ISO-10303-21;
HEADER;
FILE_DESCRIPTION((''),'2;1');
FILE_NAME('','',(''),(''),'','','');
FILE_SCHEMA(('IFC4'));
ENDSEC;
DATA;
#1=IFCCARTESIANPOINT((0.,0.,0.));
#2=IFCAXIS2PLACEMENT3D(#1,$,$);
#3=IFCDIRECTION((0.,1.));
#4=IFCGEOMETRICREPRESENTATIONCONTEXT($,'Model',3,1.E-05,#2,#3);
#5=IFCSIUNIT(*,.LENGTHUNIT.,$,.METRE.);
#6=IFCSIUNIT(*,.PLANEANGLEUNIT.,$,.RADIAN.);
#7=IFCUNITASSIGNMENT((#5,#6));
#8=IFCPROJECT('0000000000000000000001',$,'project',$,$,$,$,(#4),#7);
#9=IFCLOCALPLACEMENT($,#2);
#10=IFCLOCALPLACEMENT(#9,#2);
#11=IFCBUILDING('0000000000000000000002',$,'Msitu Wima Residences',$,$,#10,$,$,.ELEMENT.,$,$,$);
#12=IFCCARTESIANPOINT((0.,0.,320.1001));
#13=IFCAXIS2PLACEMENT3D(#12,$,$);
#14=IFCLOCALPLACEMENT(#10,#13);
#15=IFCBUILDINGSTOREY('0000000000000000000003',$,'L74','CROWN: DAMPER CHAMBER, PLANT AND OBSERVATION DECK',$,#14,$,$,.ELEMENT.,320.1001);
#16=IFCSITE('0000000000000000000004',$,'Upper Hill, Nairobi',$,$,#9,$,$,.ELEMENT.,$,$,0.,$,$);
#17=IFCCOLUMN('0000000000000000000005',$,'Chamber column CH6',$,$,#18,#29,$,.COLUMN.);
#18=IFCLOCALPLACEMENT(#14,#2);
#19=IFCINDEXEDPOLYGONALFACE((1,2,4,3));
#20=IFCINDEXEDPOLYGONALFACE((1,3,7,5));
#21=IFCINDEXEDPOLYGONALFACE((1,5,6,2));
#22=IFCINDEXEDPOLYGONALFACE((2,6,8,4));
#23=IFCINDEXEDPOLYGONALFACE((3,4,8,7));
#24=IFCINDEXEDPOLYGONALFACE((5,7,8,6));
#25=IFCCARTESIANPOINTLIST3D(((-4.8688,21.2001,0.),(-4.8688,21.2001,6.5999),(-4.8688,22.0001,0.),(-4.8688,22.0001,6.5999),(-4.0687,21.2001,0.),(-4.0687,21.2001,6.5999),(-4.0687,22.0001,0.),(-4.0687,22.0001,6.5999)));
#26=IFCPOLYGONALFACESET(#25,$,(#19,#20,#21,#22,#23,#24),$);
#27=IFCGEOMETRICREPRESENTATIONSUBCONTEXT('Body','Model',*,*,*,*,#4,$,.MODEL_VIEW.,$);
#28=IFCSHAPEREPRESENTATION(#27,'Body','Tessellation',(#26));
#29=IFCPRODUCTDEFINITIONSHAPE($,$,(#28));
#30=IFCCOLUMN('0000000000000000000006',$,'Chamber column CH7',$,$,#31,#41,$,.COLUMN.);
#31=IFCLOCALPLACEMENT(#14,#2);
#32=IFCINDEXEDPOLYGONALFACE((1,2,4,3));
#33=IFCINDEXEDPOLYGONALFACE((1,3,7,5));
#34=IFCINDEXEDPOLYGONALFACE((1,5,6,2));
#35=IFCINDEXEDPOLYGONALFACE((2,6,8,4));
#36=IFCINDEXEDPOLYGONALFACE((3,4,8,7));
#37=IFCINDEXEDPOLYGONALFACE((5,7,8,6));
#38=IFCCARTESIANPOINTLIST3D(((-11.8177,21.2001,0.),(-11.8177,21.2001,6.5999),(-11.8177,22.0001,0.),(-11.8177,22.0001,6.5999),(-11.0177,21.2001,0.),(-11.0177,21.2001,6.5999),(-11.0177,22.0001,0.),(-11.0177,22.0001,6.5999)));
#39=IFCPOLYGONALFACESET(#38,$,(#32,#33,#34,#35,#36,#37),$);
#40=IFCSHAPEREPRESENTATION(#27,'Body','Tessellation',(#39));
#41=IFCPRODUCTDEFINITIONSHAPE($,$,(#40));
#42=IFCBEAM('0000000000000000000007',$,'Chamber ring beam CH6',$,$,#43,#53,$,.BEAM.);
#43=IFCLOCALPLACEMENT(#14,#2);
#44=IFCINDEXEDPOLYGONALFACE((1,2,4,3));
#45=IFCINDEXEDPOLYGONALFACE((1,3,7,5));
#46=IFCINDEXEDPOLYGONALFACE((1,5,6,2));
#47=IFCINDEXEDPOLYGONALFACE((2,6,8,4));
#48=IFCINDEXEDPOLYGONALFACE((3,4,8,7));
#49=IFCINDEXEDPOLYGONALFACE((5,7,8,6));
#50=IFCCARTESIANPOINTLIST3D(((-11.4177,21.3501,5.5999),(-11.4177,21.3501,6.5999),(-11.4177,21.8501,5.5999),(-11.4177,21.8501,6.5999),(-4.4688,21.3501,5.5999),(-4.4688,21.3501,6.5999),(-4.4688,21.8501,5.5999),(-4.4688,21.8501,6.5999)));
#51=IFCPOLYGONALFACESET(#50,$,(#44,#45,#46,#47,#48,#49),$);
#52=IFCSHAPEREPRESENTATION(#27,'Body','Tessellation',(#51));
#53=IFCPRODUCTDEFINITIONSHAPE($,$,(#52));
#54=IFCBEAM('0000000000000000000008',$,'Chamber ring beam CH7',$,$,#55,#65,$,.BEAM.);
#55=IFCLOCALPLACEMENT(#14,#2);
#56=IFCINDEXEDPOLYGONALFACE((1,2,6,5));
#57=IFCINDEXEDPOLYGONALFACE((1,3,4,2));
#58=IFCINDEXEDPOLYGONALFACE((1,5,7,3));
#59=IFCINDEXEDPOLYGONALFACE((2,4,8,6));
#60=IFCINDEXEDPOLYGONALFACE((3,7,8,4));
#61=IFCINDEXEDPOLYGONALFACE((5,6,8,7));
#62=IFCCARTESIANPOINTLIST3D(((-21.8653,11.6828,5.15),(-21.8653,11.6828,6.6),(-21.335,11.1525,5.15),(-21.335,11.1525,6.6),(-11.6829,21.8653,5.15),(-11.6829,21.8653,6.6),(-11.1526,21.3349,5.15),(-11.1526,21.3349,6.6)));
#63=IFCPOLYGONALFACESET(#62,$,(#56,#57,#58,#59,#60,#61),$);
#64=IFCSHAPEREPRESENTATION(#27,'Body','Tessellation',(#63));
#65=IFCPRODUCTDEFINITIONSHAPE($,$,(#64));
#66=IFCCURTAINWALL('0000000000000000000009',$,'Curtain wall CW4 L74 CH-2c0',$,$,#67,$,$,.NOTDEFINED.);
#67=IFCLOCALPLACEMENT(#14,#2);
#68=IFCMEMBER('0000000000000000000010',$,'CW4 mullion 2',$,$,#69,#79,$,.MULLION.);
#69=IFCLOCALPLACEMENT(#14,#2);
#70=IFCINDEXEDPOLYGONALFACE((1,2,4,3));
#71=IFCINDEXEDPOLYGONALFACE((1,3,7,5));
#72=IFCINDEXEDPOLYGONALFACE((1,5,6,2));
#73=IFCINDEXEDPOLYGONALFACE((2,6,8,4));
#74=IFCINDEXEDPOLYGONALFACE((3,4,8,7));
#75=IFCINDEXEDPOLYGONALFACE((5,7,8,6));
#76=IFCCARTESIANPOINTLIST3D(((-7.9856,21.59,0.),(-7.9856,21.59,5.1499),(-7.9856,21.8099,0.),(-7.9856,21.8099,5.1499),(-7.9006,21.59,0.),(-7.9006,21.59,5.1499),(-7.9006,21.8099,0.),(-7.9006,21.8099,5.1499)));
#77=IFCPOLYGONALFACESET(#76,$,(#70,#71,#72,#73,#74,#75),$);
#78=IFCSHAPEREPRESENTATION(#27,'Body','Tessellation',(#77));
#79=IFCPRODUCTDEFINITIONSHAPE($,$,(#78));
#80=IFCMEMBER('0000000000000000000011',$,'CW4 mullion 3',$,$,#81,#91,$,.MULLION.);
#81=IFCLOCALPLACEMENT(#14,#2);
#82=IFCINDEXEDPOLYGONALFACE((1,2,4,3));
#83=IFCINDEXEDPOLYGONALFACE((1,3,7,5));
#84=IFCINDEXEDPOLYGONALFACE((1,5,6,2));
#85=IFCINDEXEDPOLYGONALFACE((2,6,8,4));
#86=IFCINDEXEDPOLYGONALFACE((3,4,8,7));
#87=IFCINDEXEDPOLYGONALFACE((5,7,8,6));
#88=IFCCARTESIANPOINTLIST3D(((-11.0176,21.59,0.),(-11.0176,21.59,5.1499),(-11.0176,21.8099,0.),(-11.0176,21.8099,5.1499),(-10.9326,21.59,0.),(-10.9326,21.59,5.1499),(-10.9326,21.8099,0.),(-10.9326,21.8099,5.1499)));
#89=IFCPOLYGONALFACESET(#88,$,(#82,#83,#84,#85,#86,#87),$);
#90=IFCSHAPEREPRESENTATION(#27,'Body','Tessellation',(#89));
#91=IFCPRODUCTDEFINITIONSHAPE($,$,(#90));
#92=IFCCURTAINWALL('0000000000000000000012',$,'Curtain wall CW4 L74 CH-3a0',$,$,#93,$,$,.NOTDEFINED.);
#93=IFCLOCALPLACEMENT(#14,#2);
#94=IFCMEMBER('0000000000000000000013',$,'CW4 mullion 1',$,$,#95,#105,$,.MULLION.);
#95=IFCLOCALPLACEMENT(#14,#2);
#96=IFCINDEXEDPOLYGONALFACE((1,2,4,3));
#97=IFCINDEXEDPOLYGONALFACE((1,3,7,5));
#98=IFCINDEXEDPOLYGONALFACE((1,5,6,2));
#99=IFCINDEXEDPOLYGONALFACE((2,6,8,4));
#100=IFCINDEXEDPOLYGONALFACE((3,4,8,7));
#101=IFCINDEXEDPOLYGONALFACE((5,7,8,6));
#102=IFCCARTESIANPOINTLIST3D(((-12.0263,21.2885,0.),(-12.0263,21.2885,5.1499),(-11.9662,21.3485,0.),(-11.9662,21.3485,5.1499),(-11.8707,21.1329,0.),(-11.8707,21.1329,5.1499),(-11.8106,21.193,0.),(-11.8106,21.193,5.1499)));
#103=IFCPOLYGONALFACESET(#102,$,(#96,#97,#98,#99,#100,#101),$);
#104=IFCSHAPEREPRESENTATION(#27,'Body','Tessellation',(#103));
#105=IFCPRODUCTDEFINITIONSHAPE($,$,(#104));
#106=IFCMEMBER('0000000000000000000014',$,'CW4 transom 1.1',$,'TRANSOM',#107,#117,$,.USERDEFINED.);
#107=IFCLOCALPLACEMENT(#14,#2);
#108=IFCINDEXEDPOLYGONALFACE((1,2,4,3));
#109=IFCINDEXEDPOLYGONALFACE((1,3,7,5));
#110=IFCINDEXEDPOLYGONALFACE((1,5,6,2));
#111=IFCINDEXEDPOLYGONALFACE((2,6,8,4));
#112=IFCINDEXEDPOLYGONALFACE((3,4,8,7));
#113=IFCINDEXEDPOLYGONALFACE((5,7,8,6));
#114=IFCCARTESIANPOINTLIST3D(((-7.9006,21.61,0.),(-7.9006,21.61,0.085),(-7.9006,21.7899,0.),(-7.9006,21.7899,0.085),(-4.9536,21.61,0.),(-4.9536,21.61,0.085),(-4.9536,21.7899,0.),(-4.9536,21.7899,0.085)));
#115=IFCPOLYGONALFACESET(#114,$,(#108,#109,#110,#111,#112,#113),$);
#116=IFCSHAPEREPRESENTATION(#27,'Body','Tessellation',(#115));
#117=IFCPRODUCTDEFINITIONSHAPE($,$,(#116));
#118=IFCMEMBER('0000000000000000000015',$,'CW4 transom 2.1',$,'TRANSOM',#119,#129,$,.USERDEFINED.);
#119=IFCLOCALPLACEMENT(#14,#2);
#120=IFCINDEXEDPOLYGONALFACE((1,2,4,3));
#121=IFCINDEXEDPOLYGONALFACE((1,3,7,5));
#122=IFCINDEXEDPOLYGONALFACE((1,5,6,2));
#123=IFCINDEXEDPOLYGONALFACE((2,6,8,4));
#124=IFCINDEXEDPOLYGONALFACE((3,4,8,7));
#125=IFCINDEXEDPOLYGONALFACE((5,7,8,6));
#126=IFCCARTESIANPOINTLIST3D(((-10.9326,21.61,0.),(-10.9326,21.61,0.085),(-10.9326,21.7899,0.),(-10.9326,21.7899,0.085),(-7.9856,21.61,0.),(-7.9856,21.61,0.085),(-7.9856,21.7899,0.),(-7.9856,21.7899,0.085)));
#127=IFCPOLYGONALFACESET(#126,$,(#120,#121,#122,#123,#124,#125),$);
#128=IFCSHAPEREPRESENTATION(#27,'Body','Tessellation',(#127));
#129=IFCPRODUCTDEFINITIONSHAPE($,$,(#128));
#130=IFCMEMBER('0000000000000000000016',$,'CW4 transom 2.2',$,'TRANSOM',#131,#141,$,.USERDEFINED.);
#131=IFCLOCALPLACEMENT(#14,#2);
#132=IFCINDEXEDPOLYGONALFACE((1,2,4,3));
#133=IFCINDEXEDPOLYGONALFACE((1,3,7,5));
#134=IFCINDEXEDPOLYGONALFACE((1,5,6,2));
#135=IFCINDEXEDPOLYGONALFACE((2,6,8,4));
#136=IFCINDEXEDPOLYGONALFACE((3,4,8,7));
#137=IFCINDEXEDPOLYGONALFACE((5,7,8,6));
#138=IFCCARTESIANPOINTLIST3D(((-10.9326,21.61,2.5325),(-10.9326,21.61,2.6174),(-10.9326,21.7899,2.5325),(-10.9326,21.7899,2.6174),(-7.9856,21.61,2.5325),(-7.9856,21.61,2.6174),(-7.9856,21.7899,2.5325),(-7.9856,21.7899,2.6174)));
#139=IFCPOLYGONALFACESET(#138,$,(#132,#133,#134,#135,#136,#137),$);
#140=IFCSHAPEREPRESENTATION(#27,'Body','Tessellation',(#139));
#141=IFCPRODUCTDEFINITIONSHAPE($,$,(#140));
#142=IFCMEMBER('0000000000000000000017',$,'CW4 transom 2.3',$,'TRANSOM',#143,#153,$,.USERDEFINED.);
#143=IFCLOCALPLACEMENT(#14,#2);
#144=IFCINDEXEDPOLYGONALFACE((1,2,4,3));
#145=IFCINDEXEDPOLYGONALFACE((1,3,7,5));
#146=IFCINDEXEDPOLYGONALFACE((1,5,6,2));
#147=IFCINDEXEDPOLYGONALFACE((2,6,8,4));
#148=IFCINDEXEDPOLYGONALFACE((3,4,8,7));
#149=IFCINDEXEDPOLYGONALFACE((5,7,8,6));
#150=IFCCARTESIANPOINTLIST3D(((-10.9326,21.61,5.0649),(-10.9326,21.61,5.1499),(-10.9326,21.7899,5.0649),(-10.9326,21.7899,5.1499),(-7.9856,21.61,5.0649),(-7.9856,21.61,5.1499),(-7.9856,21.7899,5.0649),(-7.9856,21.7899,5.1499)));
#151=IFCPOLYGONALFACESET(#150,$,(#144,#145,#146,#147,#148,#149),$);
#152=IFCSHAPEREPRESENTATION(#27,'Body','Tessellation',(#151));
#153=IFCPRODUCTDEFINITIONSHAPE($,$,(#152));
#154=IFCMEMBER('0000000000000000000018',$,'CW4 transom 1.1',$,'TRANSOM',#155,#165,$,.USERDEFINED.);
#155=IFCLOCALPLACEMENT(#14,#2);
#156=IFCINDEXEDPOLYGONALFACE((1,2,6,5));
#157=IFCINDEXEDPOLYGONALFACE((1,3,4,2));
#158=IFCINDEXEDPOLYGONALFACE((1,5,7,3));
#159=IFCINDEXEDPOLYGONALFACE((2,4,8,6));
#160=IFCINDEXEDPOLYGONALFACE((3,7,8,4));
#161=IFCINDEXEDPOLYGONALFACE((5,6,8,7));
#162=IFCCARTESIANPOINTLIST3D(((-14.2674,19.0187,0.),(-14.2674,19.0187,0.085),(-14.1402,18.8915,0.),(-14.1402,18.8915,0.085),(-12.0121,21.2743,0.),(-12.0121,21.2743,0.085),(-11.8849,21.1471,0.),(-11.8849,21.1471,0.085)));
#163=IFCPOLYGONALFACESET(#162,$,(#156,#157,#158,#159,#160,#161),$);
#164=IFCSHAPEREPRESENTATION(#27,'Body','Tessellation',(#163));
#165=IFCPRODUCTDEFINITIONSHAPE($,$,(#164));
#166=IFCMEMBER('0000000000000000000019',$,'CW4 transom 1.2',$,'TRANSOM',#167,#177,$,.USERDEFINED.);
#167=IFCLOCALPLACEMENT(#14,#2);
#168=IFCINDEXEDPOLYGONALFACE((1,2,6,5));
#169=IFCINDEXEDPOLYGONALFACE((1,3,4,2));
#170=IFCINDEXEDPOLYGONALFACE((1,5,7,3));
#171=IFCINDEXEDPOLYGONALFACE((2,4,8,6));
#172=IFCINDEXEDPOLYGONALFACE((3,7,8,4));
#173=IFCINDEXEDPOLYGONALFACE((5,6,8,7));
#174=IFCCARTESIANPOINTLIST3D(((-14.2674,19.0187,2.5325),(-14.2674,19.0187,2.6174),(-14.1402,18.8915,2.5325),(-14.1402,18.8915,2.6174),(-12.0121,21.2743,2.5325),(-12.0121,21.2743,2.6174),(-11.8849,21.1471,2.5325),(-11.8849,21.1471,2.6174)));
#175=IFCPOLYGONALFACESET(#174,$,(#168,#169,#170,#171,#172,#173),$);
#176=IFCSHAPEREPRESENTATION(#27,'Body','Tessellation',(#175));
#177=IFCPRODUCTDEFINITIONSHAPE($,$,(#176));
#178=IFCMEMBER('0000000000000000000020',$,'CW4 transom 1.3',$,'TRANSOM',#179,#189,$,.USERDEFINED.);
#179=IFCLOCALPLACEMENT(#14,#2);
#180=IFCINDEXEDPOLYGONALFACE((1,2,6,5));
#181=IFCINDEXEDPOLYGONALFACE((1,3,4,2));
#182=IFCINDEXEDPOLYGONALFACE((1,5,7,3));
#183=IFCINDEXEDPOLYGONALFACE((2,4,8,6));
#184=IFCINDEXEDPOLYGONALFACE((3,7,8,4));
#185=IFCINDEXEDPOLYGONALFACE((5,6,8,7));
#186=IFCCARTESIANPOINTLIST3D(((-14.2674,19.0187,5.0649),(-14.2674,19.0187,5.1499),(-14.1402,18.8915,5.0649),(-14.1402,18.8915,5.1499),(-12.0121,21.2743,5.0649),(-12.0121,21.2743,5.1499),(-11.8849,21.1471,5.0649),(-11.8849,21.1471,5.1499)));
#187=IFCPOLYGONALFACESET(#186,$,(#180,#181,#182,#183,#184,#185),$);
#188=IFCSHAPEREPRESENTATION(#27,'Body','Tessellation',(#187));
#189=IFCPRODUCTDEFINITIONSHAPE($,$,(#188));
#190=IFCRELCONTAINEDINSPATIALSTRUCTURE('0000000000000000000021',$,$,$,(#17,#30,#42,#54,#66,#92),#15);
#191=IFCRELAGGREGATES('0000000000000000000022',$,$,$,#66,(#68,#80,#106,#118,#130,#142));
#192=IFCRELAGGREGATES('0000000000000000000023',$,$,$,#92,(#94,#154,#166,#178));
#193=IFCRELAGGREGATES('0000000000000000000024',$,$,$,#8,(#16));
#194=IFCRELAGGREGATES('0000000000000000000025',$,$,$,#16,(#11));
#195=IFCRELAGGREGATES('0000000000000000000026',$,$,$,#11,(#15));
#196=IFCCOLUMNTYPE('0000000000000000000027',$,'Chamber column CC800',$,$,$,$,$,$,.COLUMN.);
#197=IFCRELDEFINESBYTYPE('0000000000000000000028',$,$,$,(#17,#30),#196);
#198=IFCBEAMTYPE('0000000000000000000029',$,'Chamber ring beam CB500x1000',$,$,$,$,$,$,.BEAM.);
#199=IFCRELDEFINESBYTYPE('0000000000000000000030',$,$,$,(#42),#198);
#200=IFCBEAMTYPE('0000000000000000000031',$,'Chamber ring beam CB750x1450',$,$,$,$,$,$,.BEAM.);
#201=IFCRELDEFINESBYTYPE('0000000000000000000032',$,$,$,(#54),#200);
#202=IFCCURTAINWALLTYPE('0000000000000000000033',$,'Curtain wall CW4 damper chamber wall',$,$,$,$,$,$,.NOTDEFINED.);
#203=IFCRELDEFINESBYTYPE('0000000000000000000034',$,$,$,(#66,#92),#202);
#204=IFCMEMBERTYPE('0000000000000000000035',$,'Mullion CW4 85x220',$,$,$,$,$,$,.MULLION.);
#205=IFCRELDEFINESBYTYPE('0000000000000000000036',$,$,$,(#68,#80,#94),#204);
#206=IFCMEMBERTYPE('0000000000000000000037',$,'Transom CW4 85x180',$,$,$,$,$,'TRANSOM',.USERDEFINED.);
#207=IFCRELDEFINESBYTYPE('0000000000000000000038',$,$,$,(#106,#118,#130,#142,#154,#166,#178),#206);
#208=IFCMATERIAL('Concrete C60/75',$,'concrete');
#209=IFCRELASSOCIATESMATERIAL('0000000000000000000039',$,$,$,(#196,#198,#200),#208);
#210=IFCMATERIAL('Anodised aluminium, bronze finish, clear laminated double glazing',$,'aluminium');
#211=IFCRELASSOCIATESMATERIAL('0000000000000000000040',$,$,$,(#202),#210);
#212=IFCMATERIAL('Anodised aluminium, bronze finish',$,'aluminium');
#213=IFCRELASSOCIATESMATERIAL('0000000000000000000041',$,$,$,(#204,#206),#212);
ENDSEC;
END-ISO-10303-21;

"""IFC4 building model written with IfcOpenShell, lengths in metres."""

from ifc_helpers import new_model, si_unit, direction, frame, origin, origin_2d, place, context, subcontext, project, spatial, rectangle, extrude, material, material_profile, profile_set, type_object, element, aggregate, save


model = new_model("IFC4")

# Units and contexts
model_context = context("Model", 3, precision=1e-05, world=origin(), true_north=direction((0.0, 1.0)))
body_context = subcontext(model_context, "Body", "Model", "MODEL_VIEW")
ifc_project = project(units=[si_unit("LENGTHUNIT", "METRE"), si_unit("PLANEANGLEUNIT", "RADIAN")], contexts=[model_context])

# Site, building, storey
site_placement = place(None, origin())
site = spatial("IfcSite", under=ifc_project, at=site_placement, Name="Upper Hill, Nairobi", CompositionType="ELEMENT", RefElevation=0.0)
building_placement = place(site_placement, origin())
building = spatial("IfcBuilding", under=site, at=building_placement, Name="Msitu Wima Residences", CompositionType="ELEMENT")
storey_placement = place(building_placement, frame((0.0, 0.0, 320.1001)))
storey = spatial("IfcBuildingStorey", under=building, at=storey_placement, Name="L74", Description="CROWN: DAMPER CHAMBER, PLANT AND OBSERVATION DECK", CompositionType="ELEMENT", Elevation=320.1001)

# Columns
ifc_material_1 = material(Name="Concrete C60/75", Category="concrete")
ifc_material_profile_1 = material_profile(ifc_material_1, rectangle(XDim=0.8, YDim=0.8, at=origin_2d()), Name="RC 800x800")
ifc_profile_set_1 = profile_set([ifc_material_profile_1], Name="Concrete C60/75")
column_type = type_object("IfcColumnType", Name="Chamber column CC800", PredefinedType="COLUMN", material=ifc_profile_set_1)
for number, where, z_axis, x_axis, name in (
    (1, (-4.4688, 21.6001, 0.0), (0.0, 0.0, 1.0), (1.0, 0.0, 0.0), "Chamber column CH6"),
    (2, (-11.4177, 21.6001, 0.0), (0.0, 0.0, 1.0), (1.0, 0.0, 0.0), "Chamber column CH7"),
):
    element("IfcColumn", number, at=place(storey_placement, frame(where, z_axis=z_axis, x_axis=x_axis)), inside=storey, type_object=column_type, Name=name, PredefinedType="COLUMN", context=body_context, shape_type="SweptSolid", body=[
        extrude(rectangle(XDim=0.8, YDim=0.8, at=origin_2d()), origin(), (0.0, 0.0, 1.0), 6.5999),
    ])

# Beams
ifc_material_profile_2 = material_profile(ifc_material_1, rectangle(XDim=0.5, YDim=1.0, at=origin_2d()), Name="RC 500x1000")
ifc_profile_set_2 = profile_set([ifc_material_profile_2], Name="Concrete C60/75")
beam_type_1 = type_object("IfcBeamType", Name="Chamber ring beam CB500x1000", PredefinedType="BEAM", material=ifc_profile_set_2)
beam_1_placement = place(storey_placement, frame((-4.4688, 21.6001, 6.0999), z_axis=(-1.0, 0.0, 0.0), x_axis=(0.0, -1.0, 0.0)))
element("IfcBeam", 3, at=beam_1_placement, inside=storey, type_object=beam_type_1, Name="Chamber ring beam CH6", PredefinedType="BEAM", context=body_context, shape_type="SweptSolid", body=[
    extrude(rectangle(XDim=0.5, YDim=1.0, at=origin_2d()), origin(), (0.0, 0.0, 1.0), 6.949),
])
ifc_material_profile_3 = material_profile(ifc_material_1, rectangle(XDim=0.75, YDim=1.45, at=origin_2d()), Name="RC 750x1450")
ifc_profile_set_3 = profile_set([ifc_material_profile_3], Name="Concrete C60/75")
beam_type_2 = type_object("IfcBeamType", Name="Chamber ring beam CB750x1450", PredefinedType="BEAM", material=ifc_profile_set_3)
beam_2_placement = place(storey_placement, frame((-11.4177, 21.6001, 5.875), z_axis=(-0.707107, -0.707107, 0.0), x_axis=(0.707107, -0.707107, 0.0)))
element("IfcBeam", 4, at=beam_2_placement, inside=storey, type_object=beam_type_2, Name="Chamber ring beam CH7", PredefinedType="BEAM", context=body_context, shape_type="SweptSolid", body=[
    extrude(rectangle(XDim=0.75, YDim=1.45, at=origin_2d()), origin(), (0.0, 0.0, 1.0), 14.4001),
])

# Curtain wall, members
ifc_material_2 = material(Name="Anodised aluminium, bronze finish, clear laminated double glazing", Category="aluminium")
curtain_wall_type = type_object("IfcCurtainWallType", Name="Curtain wall CW4 damper chamber wall", PredefinedType="NOTDEFINED", material=ifc_material_2)
curtain_wall_1_placement = place(storey_placement, origin())
curtain_wall_1 = element("IfcCurtainWall", 5, at=curtain_wall_1_placement, inside=storey, type_object=curtain_wall_type, Name="Curtain wall CW4 L74 CH-2c0", PredefinedType="NOTDEFINED")
ifc_material_3 = material(Name="Anodised aluminium, bronze finish", Category="aluminium")
ifc_material_profile_4 = material_profile(ifc_material_3, rectangle(XDim=0.22, YDim=0.085, at=origin_2d()), Name="Mullion 85x220")
ifc_profile_set_4 = profile_set([ifc_material_profile_4], Name="Anodised aluminium, bronze finish")
member_type_1 = type_object("IfcMemberType", Name="Mullion CW4 85x220", PredefinedType="MULLION", material=ifc_profile_set_4)
member_1_placement = place(storey_placement, frame((-7.9431, 21.7, 0.0), z_axis=(0.0, 0.0, 1.0), x_axis=(0.0, -1.0, 0.0)))
member_1 = element("IfcMember", 6, at=member_1_placement, type_object=member_type_1, Name="CW4 mullion 2", PredefinedType="MULLION", context=body_context, shape_type="SweptSolid", body=[
    extrude(rectangle(XDim=0.22, YDim=0.085, at=origin_2d()), origin(), (0.0, 0.0, 1.0), 5.1499),
])
member_2_placement = place(storey_placement, frame((-10.9751, 21.7, 0.0), z_axis=(0.0, 0.0, 1.0), x_axis=(0.0, -1.0, 0.0)))
member_2 = element("IfcMember", 7, at=member_2_placement, type_object=member_type_1, Name="CW4 mullion 3", PredefinedType="MULLION", context=body_context, shape_type="SweptSolid", body=[
    extrude(rectangle(XDim=0.22, YDim=0.085, at=origin_2d()), origin(), (0.0, 0.0, 1.0), 5.1499),
])

# Curtain wall, member
curtain_wall_2_placement = place(storey_placement, origin())
curtain_wall_2 = element("IfcCurtainWall", 8, at=curtain_wall_2_placement, inside=storey, type_object=curtain_wall_type, Name="Curtain wall CW4 L74 CH-3a0", PredefinedType="NOTDEFINED")
member_3_placement = place(storey_placement, frame((-11.9185, 21.2407, 0.0), z_axis=(0.0, 0.0, 1.0), x_axis=(0.707107, -0.707107, 0.0)))
member_3 = element("IfcMember", 9, at=member_3_placement, type_object=member_type_1, Name="CW4 mullion 1", PredefinedType="MULLION", context=body_context, shape_type="SweptSolid", body=[
    extrude(rectangle(XDim=0.22, YDim=0.085, at=origin_2d()), origin(), (0.0, 0.0, 1.0), 5.1499),
])

# Members
ifc_material_profile_5 = material_profile(ifc_material_3, rectangle(XDim=0.1799, YDim=0.085, at=origin_2d()), Name="Transom 85x180")
ifc_profile_set_5 = profile_set([ifc_material_profile_5], Name="Anodised aluminium, bronze finish")
member_type_2 = type_object("IfcMemberType", Name="Transom CW4 85x180", ElementType="TRANSOM", PredefinedType="USERDEFINED", material=ifc_profile_set_5)
member_4_placement = place(storey_placement, frame((-4.9536, 21.7, 0.0425), z_axis=(-1.0, 0.0, 0.0), x_axis=(0.0, -1.0, 0.0)))
member_4 = element("IfcMember", 10, at=member_4_placement, type_object=member_type_2, Name="CW4 transom 1.1", ObjectType="TRANSOM", PredefinedType="USERDEFINED", context=body_context, shape_type="SweptSolid", body=[
    extrude(rectangle(XDim=0.1799, YDim=0.085, at=origin_2d()), origin(), (0.0, 0.0, 1.0), 2.947),
])
member_5_placement = place(storey_placement, frame((-7.9856, 21.7, 0.0425), z_axis=(-1.0, 0.0, 0.0), x_axis=(0.0, -1.0, 0.0)))
member_5 = element("IfcMember", 11, at=member_5_placement, type_object=member_type_2, Name="CW4 transom 2.1", ObjectType="TRANSOM", PredefinedType="USERDEFINED", context=body_context, shape_type="SweptSolid", body=[
    extrude(rectangle(XDim=0.1799, YDim=0.085, at=origin_2d()), origin(), (0.0, 0.0, 1.0), 2.947),
])
member_6_placement = place(storey_placement, frame((-7.9856, 21.7, 2.575), z_axis=(-1.0, 0.0, 0.0), x_axis=(0.0, -1.0, 0.0)))
member_6 = element("IfcMember", 12, at=member_6_placement, type_object=member_type_2, Name="CW4 transom 2.2", ObjectType="TRANSOM", PredefinedType="USERDEFINED", context=body_context, shape_type="SweptSolid", body=[
    extrude(rectangle(XDim=0.1799, YDim=0.085, at=origin_2d()), origin(), (0.0, 0.0, 1.0), 2.947),
])
member_7_placement = place(storey_placement, frame((-7.9856, 21.7, 5.1074), z_axis=(-1.0, 0.0, 0.0), x_axis=(0.0, -1.0, 0.0)))
member_7 = element("IfcMember", 13, at=member_7_placement, type_object=member_type_2, Name="CW4 transom 2.3", ObjectType="TRANSOM", PredefinedType="USERDEFINED", context=body_context, shape_type="SweptSolid", body=[
    extrude(rectangle(XDim=0.1799, YDim=0.085, at=origin_2d()), origin(), (0.0, 0.0, 1.0), 2.947),
])
member_8_placement = place(storey_placement, frame((-11.9485, 21.2107, 0.0425), z_axis=(-0.707069, -0.707145, 0.0), x_axis=(0.707145, -0.707069, 0.0)))
member_8 = element("IfcMember", 14, at=member_8_placement, type_object=member_type_2, Name="CW4 transom 1.1", ObjectType="TRANSOM", PredefinedType="USERDEFINED", context=body_context, shape_type="SweptSolid", body=[
    extrude(rectangle(XDim=0.1799, YDim=0.085, at=origin_2d()), origin(), (0.0, 0.0, 1.0), 3.1897),
])
member_9_placement = place(storey_placement, frame((-11.9485, 21.2107, 2.575), z_axis=(-0.707069, -0.707145, 0.0), x_axis=(0.707145, -0.707069, 0.0)))
member_9 = element("IfcMember", 15, at=member_9_placement, type_object=member_type_2, Name="CW4 transom 1.2", ObjectType="TRANSOM", PredefinedType="USERDEFINED", context=body_context, shape_type="SweptSolid", body=[
    extrude(rectangle(XDim=0.1799, YDim=0.085, at=origin_2d()), origin(), (0.0, 0.0, 1.0), 3.1897),
])
member_10_placement = place(storey_placement, frame((-11.9485, 21.2107, 5.1074), z_axis=(-0.707069, -0.707145, 0.0), x_axis=(0.707145, -0.707069, 0.0)))
member_10 = element("IfcMember", 16, at=member_10_placement, type_object=member_type_2, Name="CW4 transom 1.3", ObjectType="TRANSOM", PredefinedType="USERDEFINED", context=body_context, shape_type="SweptSolid", body=[
    extrude(rectangle(XDim=0.1799, YDim=0.085, at=origin_2d()), origin(), (0.0, 0.0, 1.0), 3.1897),
])

aggregate(curtain_wall_1, [member_1, member_2, member_4, member_5, member_6, member_7])
aggregate(curtain_wall_2, [member_3, member_8, member_9, member_10])

save(model, "model.ifc")
